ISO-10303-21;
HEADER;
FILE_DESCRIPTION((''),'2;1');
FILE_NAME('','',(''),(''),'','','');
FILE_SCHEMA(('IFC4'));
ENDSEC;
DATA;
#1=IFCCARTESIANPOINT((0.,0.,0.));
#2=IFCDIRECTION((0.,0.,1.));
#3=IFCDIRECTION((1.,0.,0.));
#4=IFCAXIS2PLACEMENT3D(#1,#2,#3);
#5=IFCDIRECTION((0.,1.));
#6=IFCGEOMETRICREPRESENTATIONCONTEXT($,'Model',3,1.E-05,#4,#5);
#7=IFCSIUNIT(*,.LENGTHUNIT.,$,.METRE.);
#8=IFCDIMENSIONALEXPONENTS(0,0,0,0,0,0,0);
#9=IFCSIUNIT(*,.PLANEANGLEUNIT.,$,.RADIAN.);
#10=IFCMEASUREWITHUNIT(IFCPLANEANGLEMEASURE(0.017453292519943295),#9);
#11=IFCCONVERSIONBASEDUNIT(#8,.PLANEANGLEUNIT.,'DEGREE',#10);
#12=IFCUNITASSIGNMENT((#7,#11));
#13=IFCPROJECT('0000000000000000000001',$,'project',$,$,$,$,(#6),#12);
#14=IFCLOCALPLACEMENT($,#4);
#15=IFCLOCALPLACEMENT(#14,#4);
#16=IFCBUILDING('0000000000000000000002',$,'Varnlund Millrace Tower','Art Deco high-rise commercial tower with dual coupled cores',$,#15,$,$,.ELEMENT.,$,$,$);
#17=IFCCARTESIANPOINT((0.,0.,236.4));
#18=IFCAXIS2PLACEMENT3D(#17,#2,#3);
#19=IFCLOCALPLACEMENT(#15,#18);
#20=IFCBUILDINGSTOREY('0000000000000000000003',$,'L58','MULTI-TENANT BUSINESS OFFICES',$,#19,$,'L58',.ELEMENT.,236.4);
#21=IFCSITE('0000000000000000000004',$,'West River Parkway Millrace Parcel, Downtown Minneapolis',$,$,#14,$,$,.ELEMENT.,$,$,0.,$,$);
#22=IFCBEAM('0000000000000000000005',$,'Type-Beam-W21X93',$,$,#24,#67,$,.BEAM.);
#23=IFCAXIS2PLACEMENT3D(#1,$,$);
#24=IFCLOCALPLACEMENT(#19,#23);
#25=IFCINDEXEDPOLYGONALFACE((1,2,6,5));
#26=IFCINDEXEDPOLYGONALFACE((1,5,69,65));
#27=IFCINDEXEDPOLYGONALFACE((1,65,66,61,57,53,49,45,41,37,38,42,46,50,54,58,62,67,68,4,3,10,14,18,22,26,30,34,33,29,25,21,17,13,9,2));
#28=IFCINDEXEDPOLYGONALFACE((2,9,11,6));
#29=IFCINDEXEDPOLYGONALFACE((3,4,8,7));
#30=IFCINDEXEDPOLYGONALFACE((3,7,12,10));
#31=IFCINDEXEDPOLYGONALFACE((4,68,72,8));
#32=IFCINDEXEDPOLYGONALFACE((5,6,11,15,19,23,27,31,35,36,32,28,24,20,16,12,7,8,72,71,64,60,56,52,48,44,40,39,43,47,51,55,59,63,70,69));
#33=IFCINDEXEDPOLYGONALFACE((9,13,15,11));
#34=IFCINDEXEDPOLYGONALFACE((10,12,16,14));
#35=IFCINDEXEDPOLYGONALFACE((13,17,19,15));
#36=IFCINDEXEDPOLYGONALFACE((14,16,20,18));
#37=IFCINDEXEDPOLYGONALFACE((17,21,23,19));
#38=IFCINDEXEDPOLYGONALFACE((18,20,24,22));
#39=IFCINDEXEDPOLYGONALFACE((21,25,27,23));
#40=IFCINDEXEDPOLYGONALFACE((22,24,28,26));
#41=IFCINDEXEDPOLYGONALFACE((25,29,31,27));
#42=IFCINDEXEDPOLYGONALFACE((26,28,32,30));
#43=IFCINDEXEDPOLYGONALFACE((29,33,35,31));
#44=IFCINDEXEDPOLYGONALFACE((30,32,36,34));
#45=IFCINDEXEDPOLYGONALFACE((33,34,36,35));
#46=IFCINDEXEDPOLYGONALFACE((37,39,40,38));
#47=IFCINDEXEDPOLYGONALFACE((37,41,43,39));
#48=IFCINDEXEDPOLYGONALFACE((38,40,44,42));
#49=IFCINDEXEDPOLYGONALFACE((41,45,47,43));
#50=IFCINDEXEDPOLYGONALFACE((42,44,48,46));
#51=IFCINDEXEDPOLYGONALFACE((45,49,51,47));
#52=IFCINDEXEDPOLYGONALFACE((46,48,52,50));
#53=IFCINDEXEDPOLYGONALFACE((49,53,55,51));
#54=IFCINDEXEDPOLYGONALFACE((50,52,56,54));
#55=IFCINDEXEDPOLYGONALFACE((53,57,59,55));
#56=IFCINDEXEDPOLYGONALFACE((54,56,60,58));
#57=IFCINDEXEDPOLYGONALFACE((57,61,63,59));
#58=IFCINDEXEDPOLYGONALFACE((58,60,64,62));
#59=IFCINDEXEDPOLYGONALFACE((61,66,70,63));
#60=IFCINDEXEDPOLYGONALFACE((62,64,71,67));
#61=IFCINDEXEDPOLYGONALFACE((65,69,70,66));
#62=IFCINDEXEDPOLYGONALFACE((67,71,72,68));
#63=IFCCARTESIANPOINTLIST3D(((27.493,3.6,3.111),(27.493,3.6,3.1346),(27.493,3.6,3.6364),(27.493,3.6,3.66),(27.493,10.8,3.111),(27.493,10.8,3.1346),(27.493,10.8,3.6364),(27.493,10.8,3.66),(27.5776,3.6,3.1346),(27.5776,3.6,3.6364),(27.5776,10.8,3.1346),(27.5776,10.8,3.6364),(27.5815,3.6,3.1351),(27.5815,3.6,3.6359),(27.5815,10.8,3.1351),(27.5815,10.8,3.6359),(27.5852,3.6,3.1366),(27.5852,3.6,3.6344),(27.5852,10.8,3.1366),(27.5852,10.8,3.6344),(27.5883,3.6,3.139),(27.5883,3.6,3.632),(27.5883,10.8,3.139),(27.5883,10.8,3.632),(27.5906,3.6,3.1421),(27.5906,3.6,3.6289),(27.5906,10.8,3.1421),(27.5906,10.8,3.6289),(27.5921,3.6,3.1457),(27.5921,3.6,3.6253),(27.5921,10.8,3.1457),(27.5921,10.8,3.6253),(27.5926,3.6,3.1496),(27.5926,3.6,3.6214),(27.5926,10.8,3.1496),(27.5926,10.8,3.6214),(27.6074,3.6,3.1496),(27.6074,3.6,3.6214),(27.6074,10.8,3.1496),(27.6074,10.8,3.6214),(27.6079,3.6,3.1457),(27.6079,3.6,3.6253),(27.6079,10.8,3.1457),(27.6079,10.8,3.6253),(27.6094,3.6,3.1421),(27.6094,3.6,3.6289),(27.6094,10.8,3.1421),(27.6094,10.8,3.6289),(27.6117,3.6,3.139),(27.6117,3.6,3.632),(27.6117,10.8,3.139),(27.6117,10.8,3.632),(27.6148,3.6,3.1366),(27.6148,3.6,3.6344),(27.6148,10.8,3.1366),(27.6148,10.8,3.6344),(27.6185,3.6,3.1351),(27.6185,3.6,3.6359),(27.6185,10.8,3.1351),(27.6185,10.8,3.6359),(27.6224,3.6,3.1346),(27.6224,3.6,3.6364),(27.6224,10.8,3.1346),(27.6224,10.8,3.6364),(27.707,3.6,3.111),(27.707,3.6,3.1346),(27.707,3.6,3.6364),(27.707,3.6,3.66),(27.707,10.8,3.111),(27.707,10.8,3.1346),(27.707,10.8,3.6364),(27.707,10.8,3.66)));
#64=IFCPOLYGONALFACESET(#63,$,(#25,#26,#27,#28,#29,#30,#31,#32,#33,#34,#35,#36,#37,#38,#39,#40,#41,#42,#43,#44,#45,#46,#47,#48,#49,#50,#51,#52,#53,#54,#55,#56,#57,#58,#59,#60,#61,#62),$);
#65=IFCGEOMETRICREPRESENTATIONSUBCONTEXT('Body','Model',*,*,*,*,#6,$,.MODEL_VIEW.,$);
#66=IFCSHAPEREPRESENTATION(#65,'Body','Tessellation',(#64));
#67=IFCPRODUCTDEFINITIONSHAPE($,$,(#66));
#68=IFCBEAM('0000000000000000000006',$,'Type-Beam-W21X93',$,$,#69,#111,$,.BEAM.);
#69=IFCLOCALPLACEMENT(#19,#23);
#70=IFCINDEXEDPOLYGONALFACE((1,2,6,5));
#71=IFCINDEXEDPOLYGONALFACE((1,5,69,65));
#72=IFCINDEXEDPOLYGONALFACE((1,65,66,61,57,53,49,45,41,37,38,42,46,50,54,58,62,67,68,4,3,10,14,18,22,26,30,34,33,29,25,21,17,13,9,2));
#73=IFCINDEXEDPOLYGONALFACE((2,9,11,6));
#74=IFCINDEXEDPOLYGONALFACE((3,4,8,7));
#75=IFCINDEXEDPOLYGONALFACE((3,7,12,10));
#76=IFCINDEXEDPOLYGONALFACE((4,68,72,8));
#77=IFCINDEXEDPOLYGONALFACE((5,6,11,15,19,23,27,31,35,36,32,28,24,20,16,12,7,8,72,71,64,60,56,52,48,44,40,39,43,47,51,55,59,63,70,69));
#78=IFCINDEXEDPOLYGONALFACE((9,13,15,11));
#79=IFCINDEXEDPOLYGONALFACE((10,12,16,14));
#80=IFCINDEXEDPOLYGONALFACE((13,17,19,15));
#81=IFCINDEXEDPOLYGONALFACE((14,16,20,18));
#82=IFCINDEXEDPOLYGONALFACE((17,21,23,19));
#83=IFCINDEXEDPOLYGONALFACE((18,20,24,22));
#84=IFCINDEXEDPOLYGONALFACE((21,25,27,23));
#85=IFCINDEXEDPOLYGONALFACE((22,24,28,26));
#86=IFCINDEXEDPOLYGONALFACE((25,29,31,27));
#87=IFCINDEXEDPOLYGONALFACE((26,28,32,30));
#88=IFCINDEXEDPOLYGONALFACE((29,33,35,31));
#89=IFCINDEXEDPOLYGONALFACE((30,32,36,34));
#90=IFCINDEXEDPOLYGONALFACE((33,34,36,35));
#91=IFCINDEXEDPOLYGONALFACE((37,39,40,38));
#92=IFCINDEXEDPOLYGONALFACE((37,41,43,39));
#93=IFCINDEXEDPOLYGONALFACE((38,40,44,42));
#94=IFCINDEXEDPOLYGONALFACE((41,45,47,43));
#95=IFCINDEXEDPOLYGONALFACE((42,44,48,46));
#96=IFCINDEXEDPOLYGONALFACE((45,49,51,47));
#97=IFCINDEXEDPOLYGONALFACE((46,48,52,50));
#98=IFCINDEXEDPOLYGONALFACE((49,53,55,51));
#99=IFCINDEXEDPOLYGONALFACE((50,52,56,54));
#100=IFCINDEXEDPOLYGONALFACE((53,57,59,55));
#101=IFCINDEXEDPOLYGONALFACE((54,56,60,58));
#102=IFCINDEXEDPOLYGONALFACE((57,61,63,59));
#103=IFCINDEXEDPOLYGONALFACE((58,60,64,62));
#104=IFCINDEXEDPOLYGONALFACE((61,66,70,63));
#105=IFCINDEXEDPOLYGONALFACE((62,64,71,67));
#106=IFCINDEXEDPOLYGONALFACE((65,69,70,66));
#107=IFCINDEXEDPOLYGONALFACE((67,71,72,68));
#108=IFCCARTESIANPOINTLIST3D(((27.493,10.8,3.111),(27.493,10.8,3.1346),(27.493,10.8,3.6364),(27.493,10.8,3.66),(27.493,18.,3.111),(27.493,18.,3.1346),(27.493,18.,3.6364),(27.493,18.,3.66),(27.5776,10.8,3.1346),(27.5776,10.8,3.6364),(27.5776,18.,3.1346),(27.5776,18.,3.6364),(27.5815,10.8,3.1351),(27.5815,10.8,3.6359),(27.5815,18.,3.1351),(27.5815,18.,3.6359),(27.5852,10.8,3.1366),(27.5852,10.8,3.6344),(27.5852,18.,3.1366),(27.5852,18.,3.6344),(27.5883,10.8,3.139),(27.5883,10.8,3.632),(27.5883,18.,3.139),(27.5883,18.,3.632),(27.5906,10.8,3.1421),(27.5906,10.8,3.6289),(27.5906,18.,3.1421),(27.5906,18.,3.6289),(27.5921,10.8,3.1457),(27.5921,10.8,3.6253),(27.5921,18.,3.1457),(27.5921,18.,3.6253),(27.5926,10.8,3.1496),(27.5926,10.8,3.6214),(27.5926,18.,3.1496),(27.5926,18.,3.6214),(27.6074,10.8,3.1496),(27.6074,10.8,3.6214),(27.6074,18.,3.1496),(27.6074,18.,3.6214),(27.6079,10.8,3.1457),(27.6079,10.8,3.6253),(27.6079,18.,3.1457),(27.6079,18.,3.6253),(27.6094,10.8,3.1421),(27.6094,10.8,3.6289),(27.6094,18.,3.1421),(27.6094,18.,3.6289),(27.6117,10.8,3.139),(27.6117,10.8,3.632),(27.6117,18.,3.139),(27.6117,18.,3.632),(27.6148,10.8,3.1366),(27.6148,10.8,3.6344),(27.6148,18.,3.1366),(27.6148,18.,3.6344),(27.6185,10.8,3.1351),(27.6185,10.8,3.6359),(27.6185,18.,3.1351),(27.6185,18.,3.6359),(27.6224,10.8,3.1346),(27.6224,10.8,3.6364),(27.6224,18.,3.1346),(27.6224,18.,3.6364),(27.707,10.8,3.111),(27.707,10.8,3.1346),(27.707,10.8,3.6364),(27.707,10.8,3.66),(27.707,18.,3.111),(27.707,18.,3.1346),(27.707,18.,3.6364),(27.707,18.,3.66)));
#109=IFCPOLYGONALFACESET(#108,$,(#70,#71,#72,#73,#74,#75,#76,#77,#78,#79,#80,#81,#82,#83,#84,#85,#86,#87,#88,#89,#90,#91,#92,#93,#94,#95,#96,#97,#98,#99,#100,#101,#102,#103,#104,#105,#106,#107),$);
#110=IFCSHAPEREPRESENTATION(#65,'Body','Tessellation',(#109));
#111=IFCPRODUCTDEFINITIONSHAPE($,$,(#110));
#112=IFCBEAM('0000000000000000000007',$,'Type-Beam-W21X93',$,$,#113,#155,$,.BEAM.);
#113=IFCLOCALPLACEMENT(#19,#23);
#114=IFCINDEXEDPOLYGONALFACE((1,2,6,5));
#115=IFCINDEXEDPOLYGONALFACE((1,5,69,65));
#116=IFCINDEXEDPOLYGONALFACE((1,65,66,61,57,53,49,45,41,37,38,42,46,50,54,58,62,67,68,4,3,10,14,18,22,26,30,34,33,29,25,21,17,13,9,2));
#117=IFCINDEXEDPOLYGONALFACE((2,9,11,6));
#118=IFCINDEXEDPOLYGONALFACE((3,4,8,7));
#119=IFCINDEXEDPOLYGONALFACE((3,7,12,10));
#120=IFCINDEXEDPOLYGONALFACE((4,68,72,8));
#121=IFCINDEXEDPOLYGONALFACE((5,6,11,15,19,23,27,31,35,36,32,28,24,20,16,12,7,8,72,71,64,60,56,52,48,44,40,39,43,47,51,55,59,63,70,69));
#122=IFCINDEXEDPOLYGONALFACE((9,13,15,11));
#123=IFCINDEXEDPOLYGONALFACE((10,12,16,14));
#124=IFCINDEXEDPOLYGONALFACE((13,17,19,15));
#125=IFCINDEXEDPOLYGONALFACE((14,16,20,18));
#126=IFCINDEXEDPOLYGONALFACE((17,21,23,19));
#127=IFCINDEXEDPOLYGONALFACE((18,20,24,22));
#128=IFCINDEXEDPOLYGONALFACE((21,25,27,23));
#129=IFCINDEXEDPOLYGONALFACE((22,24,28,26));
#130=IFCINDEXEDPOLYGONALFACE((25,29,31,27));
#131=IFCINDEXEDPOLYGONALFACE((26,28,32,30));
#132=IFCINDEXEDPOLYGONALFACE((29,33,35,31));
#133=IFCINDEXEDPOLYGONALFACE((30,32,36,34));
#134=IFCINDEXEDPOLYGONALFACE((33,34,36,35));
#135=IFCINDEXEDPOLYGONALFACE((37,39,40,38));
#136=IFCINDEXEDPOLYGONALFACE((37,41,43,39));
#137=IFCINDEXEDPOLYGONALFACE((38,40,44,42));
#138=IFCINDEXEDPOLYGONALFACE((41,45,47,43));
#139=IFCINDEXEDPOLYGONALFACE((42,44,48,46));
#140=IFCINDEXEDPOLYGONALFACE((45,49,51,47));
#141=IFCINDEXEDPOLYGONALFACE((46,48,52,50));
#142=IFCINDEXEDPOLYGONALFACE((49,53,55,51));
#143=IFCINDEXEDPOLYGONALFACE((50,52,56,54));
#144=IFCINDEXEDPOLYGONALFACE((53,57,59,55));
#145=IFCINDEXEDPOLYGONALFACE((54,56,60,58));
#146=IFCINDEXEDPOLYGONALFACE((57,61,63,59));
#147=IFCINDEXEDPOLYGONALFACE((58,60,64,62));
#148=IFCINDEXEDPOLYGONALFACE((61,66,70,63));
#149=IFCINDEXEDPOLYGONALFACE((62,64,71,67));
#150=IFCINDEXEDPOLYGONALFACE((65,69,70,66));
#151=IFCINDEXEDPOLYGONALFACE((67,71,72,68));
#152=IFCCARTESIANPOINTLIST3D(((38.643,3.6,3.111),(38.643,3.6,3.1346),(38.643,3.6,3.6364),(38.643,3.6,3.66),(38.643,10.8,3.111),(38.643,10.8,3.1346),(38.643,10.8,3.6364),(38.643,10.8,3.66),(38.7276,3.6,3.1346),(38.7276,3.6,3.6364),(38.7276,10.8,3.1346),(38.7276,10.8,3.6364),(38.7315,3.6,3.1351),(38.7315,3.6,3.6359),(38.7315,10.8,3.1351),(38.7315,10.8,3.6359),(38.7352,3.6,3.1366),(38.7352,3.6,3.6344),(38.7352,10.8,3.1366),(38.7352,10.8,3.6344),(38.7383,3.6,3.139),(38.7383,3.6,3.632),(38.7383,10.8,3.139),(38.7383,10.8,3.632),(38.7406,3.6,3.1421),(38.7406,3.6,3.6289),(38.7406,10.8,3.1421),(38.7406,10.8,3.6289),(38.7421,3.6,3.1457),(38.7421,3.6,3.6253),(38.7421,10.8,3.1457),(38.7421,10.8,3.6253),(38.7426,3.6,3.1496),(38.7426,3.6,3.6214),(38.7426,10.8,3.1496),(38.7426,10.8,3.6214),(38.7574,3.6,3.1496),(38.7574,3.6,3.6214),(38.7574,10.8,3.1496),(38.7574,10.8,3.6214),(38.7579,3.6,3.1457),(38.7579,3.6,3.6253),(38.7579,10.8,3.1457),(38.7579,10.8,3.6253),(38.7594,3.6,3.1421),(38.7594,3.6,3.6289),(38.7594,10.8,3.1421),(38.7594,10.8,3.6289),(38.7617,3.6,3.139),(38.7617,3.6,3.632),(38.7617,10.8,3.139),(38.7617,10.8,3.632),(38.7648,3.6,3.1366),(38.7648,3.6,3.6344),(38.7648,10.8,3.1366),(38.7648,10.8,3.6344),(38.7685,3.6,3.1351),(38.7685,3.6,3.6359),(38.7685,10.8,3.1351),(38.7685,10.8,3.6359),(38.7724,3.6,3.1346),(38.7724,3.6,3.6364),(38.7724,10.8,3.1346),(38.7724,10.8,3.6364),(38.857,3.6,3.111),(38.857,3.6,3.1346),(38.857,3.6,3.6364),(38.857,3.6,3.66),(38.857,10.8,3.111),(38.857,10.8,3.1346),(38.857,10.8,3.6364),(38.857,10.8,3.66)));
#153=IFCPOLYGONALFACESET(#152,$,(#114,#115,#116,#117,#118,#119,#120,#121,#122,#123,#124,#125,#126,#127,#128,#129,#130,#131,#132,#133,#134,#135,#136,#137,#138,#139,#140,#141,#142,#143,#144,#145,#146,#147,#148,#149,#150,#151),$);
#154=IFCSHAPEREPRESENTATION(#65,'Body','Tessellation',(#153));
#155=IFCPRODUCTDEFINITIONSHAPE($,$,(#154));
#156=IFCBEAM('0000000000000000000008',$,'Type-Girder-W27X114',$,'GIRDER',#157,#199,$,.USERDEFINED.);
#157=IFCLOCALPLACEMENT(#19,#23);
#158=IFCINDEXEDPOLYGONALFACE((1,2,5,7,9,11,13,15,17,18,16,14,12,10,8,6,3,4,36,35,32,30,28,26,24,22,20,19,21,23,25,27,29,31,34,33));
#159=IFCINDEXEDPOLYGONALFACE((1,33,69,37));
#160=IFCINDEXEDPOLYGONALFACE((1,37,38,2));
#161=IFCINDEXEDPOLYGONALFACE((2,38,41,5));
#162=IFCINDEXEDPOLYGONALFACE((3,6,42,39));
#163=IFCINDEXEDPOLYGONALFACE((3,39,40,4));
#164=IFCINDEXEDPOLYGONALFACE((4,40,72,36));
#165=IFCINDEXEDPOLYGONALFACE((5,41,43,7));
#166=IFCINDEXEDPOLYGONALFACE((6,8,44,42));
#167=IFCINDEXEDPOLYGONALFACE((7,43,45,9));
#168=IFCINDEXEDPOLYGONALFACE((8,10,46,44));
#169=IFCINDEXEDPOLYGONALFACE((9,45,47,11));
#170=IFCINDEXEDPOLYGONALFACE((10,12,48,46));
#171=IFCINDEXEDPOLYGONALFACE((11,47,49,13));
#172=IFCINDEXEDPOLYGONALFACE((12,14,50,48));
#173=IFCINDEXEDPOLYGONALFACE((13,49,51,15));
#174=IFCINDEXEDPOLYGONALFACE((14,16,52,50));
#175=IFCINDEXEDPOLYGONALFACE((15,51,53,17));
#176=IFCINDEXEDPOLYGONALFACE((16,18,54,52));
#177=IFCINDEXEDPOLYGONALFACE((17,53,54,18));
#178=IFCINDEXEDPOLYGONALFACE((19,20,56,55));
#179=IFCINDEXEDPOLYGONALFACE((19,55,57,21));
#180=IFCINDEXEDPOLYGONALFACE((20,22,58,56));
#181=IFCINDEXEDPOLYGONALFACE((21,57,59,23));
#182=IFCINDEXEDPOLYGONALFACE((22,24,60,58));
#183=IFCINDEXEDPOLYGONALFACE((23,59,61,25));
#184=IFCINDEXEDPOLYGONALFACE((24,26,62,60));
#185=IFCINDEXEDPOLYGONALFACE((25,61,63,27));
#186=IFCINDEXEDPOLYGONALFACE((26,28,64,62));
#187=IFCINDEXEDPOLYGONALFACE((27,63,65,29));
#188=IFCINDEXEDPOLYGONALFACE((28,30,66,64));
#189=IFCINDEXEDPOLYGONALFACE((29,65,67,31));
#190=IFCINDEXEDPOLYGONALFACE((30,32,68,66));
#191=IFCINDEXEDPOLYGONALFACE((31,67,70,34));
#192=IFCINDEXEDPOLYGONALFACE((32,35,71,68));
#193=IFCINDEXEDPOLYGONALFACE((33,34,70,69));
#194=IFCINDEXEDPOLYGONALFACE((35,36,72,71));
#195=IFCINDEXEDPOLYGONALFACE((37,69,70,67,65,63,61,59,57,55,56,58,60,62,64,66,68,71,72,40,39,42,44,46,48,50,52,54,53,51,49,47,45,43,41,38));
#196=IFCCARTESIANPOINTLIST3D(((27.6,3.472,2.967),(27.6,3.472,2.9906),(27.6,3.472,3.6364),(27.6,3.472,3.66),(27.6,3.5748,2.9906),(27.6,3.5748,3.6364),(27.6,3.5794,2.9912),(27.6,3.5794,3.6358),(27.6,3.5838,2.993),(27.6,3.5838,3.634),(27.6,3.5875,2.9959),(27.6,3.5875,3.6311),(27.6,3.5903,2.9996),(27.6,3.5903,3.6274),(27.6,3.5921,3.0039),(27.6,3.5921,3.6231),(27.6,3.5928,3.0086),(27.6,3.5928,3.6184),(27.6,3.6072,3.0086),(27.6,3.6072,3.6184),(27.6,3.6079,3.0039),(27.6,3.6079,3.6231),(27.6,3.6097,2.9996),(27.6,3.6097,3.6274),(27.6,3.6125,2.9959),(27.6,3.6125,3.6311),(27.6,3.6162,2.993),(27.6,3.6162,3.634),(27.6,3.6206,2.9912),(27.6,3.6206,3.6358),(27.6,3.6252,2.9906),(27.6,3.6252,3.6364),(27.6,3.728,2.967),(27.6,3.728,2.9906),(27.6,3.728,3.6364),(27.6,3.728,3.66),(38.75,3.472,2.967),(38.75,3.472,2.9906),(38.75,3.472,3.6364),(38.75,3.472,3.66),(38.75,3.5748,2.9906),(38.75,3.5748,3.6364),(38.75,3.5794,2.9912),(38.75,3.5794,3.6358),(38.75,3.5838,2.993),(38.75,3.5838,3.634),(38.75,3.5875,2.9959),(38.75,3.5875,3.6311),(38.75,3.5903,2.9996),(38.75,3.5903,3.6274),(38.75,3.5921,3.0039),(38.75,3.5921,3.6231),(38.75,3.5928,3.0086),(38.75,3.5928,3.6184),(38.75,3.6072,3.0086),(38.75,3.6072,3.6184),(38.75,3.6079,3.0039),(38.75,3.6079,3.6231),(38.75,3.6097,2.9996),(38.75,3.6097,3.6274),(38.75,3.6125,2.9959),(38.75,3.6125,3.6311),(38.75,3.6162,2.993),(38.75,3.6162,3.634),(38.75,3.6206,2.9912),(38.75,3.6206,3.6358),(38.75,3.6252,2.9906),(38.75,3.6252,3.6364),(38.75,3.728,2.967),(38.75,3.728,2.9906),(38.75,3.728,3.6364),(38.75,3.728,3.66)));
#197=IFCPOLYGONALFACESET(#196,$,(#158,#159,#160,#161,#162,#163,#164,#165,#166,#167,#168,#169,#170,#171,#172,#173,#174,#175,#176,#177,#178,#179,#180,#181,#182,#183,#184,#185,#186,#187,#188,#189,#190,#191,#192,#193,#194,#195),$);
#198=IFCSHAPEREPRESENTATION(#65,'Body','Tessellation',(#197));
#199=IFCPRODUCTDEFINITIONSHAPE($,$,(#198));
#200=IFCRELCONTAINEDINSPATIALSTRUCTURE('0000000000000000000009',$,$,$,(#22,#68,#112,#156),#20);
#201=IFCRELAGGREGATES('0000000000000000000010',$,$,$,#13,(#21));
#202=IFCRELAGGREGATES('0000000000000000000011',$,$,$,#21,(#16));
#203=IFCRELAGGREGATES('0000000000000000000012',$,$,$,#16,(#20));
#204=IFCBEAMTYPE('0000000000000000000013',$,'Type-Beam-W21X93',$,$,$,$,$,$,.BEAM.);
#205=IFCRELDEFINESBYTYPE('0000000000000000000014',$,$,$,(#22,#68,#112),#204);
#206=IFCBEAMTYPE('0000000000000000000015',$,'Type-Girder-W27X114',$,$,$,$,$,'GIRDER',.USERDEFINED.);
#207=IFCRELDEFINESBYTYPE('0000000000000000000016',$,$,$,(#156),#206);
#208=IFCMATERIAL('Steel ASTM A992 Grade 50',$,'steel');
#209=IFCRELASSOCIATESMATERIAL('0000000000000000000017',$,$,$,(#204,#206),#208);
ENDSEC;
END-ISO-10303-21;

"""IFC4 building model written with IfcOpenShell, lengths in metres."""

from ifc_helpers import new_model, entity, si_unit, converted_unit, direction, frame, origin_with_axes, origin_2d_with_axis, place, context, subcontext, project, spatial, i_section, extrude, material, material_profile, profile_set, type_object, element, save


model = new_model("IFC4")

# Units and contexts
model_context = context("Model", 3, precision=1e-05, world=origin_with_axes(), true_north=direction((0.0, 1.0)))
body_context = subcontext(model_context, "Body", "Model", "MODEL_VIEW")
ifc_project = project(units=[si_unit("LENGTHUNIT", "METRE"), converted_unit("PLANEANGLEUNIT", "DEGREE", entity("IfcPlaneAngleMeasure", 0.017453292519943295), si_unit("PLANEANGLEUNIT", "RADIAN"), dimensions=[0, 0, 0, 0, 0, 0, 0])], contexts=[model_context])

# Site, building, storey
site_placement = place(None, origin_with_axes())
site = spatial("IfcSite", under=ifc_project, at=site_placement, Name="West River Parkway Millrace Parcel, Downtown Minneapolis", CompositionType="ELEMENT", RefElevation=0.0)
building_placement = place(site_placement, origin_with_axes())
building = spatial("IfcBuilding", under=site, at=building_placement, Name="Varnlund Millrace Tower", Description="Art Deco high-rise commercial tower with dual coupled cores", CompositionType="ELEMENT")
storey_placement = place(building_placement, frame((0.0, 0.0, 236.4), z_axis=(0.0, 0.0, 1.0), x_axis=(1.0, 0.0, 0.0)))
storey = spatial("IfcBuildingStorey", under=building, at=storey_placement, Name="L58", Description="MULTI-TENANT BUSINESS OFFICES", LongName="L58", CompositionType="ELEMENT", Elevation=236.4)

# Beams
ifc_material_1 = material(Name="Steel ASTM A992 Grade 50", Category="steel")
ifc_material_profile_1 = material_profile(ifc_material_1, i_section(OverallWidth=0.214, OverallDepth=0.549, WebThickness=0.0147, FlangeThickness=0.0236, FilletRadius=0.015, at=origin_2d_with_axis()), Name="Steel ASTM A992 Grade 50")
ifc_profile_set_1 = profile_set([ifc_material_profile_1], Name="Steel ASTM A992 Grade 50")
beam_type_1 = type_object("IfcBeamType", Name="Type-Beam-W21X93", PredefinedType="BEAM", material=ifc_profile_set_1)
for number, where, z_axis, x_axis, name in (
    (1, (27.6, 3.6, 3.3855), (0.0, 1.0, 0.0), (-1.0, 0.0, 0.0), "Type-Beam-W21X93"),
    (2, (27.6, 10.8, 3.3855), (0.0, 1.0, 0.0), (-1.0, 0.0, 0.0), "Type-Beam-W21X93"),
    (3, (38.75, 3.6, 3.3855), (0.0, 1.0, 0.0), (-1.0, 0.0, 0.0), "Type-Beam-W21X93"),
):
    element("IfcBeam", number, at=place(storey_placement, frame(where, z_axis=z_axis, x_axis=x_axis)), inside=storey, type_object=beam_type_1, Name=name, PredefinedType="BEAM", context=body_context, shape_type="SweptSolid", body=[
        extrude(i_section(OverallWidth=0.214, OverallDepth=0.549, WebThickness=0.0147, FlangeThickness=0.0236, FilletRadius=0.015, at=origin_2d_with_axis()), origin_with_axes(), (0.0, 0.0, 1.0), 7.2),
    ])
ifc_material_profile_2 = material_profile(ifc_material_1, i_section(OverallWidth=0.256, OverallDepth=0.693, WebThickness=0.0145, FlangeThickness=0.0236, FilletRadius=0.018, at=origin_2d_with_axis()), Name="Steel ASTM A992 Grade 50")
ifc_profile_set_2 = profile_set([ifc_material_profile_2], Name="Steel ASTM A992 Grade 50")
beam_type_2 = type_object("IfcBeamType", Name="Type-Girder-W27X114", ElementType="GIRDER", PredefinedType="USERDEFINED", material=ifc_profile_set_2)
beam_1_placement = place(storey_placement, frame((27.6, 3.6, 3.3135), z_axis=(1.0, 0.0, 0.0), x_axis=(0.0, 1.0, 0.0)))
element("IfcBeam", 4, at=beam_1_placement, inside=storey, type_object=beam_type_2, Name="Type-Girder-W27X114", ObjectType="GIRDER", PredefinedType="USERDEFINED", context=body_context, shape_type="SweptSolid", body=[
    extrude(i_section(OverallWidth=0.256, OverallDepth=0.693, WebThickness=0.0145, FlangeThickness=0.0236, FilletRadius=0.018, at=origin_2d_with_axis()), origin_with_axes(), (0.0, 0.0, 1.0), 11.15),
])

save(model, "model.ifc")
